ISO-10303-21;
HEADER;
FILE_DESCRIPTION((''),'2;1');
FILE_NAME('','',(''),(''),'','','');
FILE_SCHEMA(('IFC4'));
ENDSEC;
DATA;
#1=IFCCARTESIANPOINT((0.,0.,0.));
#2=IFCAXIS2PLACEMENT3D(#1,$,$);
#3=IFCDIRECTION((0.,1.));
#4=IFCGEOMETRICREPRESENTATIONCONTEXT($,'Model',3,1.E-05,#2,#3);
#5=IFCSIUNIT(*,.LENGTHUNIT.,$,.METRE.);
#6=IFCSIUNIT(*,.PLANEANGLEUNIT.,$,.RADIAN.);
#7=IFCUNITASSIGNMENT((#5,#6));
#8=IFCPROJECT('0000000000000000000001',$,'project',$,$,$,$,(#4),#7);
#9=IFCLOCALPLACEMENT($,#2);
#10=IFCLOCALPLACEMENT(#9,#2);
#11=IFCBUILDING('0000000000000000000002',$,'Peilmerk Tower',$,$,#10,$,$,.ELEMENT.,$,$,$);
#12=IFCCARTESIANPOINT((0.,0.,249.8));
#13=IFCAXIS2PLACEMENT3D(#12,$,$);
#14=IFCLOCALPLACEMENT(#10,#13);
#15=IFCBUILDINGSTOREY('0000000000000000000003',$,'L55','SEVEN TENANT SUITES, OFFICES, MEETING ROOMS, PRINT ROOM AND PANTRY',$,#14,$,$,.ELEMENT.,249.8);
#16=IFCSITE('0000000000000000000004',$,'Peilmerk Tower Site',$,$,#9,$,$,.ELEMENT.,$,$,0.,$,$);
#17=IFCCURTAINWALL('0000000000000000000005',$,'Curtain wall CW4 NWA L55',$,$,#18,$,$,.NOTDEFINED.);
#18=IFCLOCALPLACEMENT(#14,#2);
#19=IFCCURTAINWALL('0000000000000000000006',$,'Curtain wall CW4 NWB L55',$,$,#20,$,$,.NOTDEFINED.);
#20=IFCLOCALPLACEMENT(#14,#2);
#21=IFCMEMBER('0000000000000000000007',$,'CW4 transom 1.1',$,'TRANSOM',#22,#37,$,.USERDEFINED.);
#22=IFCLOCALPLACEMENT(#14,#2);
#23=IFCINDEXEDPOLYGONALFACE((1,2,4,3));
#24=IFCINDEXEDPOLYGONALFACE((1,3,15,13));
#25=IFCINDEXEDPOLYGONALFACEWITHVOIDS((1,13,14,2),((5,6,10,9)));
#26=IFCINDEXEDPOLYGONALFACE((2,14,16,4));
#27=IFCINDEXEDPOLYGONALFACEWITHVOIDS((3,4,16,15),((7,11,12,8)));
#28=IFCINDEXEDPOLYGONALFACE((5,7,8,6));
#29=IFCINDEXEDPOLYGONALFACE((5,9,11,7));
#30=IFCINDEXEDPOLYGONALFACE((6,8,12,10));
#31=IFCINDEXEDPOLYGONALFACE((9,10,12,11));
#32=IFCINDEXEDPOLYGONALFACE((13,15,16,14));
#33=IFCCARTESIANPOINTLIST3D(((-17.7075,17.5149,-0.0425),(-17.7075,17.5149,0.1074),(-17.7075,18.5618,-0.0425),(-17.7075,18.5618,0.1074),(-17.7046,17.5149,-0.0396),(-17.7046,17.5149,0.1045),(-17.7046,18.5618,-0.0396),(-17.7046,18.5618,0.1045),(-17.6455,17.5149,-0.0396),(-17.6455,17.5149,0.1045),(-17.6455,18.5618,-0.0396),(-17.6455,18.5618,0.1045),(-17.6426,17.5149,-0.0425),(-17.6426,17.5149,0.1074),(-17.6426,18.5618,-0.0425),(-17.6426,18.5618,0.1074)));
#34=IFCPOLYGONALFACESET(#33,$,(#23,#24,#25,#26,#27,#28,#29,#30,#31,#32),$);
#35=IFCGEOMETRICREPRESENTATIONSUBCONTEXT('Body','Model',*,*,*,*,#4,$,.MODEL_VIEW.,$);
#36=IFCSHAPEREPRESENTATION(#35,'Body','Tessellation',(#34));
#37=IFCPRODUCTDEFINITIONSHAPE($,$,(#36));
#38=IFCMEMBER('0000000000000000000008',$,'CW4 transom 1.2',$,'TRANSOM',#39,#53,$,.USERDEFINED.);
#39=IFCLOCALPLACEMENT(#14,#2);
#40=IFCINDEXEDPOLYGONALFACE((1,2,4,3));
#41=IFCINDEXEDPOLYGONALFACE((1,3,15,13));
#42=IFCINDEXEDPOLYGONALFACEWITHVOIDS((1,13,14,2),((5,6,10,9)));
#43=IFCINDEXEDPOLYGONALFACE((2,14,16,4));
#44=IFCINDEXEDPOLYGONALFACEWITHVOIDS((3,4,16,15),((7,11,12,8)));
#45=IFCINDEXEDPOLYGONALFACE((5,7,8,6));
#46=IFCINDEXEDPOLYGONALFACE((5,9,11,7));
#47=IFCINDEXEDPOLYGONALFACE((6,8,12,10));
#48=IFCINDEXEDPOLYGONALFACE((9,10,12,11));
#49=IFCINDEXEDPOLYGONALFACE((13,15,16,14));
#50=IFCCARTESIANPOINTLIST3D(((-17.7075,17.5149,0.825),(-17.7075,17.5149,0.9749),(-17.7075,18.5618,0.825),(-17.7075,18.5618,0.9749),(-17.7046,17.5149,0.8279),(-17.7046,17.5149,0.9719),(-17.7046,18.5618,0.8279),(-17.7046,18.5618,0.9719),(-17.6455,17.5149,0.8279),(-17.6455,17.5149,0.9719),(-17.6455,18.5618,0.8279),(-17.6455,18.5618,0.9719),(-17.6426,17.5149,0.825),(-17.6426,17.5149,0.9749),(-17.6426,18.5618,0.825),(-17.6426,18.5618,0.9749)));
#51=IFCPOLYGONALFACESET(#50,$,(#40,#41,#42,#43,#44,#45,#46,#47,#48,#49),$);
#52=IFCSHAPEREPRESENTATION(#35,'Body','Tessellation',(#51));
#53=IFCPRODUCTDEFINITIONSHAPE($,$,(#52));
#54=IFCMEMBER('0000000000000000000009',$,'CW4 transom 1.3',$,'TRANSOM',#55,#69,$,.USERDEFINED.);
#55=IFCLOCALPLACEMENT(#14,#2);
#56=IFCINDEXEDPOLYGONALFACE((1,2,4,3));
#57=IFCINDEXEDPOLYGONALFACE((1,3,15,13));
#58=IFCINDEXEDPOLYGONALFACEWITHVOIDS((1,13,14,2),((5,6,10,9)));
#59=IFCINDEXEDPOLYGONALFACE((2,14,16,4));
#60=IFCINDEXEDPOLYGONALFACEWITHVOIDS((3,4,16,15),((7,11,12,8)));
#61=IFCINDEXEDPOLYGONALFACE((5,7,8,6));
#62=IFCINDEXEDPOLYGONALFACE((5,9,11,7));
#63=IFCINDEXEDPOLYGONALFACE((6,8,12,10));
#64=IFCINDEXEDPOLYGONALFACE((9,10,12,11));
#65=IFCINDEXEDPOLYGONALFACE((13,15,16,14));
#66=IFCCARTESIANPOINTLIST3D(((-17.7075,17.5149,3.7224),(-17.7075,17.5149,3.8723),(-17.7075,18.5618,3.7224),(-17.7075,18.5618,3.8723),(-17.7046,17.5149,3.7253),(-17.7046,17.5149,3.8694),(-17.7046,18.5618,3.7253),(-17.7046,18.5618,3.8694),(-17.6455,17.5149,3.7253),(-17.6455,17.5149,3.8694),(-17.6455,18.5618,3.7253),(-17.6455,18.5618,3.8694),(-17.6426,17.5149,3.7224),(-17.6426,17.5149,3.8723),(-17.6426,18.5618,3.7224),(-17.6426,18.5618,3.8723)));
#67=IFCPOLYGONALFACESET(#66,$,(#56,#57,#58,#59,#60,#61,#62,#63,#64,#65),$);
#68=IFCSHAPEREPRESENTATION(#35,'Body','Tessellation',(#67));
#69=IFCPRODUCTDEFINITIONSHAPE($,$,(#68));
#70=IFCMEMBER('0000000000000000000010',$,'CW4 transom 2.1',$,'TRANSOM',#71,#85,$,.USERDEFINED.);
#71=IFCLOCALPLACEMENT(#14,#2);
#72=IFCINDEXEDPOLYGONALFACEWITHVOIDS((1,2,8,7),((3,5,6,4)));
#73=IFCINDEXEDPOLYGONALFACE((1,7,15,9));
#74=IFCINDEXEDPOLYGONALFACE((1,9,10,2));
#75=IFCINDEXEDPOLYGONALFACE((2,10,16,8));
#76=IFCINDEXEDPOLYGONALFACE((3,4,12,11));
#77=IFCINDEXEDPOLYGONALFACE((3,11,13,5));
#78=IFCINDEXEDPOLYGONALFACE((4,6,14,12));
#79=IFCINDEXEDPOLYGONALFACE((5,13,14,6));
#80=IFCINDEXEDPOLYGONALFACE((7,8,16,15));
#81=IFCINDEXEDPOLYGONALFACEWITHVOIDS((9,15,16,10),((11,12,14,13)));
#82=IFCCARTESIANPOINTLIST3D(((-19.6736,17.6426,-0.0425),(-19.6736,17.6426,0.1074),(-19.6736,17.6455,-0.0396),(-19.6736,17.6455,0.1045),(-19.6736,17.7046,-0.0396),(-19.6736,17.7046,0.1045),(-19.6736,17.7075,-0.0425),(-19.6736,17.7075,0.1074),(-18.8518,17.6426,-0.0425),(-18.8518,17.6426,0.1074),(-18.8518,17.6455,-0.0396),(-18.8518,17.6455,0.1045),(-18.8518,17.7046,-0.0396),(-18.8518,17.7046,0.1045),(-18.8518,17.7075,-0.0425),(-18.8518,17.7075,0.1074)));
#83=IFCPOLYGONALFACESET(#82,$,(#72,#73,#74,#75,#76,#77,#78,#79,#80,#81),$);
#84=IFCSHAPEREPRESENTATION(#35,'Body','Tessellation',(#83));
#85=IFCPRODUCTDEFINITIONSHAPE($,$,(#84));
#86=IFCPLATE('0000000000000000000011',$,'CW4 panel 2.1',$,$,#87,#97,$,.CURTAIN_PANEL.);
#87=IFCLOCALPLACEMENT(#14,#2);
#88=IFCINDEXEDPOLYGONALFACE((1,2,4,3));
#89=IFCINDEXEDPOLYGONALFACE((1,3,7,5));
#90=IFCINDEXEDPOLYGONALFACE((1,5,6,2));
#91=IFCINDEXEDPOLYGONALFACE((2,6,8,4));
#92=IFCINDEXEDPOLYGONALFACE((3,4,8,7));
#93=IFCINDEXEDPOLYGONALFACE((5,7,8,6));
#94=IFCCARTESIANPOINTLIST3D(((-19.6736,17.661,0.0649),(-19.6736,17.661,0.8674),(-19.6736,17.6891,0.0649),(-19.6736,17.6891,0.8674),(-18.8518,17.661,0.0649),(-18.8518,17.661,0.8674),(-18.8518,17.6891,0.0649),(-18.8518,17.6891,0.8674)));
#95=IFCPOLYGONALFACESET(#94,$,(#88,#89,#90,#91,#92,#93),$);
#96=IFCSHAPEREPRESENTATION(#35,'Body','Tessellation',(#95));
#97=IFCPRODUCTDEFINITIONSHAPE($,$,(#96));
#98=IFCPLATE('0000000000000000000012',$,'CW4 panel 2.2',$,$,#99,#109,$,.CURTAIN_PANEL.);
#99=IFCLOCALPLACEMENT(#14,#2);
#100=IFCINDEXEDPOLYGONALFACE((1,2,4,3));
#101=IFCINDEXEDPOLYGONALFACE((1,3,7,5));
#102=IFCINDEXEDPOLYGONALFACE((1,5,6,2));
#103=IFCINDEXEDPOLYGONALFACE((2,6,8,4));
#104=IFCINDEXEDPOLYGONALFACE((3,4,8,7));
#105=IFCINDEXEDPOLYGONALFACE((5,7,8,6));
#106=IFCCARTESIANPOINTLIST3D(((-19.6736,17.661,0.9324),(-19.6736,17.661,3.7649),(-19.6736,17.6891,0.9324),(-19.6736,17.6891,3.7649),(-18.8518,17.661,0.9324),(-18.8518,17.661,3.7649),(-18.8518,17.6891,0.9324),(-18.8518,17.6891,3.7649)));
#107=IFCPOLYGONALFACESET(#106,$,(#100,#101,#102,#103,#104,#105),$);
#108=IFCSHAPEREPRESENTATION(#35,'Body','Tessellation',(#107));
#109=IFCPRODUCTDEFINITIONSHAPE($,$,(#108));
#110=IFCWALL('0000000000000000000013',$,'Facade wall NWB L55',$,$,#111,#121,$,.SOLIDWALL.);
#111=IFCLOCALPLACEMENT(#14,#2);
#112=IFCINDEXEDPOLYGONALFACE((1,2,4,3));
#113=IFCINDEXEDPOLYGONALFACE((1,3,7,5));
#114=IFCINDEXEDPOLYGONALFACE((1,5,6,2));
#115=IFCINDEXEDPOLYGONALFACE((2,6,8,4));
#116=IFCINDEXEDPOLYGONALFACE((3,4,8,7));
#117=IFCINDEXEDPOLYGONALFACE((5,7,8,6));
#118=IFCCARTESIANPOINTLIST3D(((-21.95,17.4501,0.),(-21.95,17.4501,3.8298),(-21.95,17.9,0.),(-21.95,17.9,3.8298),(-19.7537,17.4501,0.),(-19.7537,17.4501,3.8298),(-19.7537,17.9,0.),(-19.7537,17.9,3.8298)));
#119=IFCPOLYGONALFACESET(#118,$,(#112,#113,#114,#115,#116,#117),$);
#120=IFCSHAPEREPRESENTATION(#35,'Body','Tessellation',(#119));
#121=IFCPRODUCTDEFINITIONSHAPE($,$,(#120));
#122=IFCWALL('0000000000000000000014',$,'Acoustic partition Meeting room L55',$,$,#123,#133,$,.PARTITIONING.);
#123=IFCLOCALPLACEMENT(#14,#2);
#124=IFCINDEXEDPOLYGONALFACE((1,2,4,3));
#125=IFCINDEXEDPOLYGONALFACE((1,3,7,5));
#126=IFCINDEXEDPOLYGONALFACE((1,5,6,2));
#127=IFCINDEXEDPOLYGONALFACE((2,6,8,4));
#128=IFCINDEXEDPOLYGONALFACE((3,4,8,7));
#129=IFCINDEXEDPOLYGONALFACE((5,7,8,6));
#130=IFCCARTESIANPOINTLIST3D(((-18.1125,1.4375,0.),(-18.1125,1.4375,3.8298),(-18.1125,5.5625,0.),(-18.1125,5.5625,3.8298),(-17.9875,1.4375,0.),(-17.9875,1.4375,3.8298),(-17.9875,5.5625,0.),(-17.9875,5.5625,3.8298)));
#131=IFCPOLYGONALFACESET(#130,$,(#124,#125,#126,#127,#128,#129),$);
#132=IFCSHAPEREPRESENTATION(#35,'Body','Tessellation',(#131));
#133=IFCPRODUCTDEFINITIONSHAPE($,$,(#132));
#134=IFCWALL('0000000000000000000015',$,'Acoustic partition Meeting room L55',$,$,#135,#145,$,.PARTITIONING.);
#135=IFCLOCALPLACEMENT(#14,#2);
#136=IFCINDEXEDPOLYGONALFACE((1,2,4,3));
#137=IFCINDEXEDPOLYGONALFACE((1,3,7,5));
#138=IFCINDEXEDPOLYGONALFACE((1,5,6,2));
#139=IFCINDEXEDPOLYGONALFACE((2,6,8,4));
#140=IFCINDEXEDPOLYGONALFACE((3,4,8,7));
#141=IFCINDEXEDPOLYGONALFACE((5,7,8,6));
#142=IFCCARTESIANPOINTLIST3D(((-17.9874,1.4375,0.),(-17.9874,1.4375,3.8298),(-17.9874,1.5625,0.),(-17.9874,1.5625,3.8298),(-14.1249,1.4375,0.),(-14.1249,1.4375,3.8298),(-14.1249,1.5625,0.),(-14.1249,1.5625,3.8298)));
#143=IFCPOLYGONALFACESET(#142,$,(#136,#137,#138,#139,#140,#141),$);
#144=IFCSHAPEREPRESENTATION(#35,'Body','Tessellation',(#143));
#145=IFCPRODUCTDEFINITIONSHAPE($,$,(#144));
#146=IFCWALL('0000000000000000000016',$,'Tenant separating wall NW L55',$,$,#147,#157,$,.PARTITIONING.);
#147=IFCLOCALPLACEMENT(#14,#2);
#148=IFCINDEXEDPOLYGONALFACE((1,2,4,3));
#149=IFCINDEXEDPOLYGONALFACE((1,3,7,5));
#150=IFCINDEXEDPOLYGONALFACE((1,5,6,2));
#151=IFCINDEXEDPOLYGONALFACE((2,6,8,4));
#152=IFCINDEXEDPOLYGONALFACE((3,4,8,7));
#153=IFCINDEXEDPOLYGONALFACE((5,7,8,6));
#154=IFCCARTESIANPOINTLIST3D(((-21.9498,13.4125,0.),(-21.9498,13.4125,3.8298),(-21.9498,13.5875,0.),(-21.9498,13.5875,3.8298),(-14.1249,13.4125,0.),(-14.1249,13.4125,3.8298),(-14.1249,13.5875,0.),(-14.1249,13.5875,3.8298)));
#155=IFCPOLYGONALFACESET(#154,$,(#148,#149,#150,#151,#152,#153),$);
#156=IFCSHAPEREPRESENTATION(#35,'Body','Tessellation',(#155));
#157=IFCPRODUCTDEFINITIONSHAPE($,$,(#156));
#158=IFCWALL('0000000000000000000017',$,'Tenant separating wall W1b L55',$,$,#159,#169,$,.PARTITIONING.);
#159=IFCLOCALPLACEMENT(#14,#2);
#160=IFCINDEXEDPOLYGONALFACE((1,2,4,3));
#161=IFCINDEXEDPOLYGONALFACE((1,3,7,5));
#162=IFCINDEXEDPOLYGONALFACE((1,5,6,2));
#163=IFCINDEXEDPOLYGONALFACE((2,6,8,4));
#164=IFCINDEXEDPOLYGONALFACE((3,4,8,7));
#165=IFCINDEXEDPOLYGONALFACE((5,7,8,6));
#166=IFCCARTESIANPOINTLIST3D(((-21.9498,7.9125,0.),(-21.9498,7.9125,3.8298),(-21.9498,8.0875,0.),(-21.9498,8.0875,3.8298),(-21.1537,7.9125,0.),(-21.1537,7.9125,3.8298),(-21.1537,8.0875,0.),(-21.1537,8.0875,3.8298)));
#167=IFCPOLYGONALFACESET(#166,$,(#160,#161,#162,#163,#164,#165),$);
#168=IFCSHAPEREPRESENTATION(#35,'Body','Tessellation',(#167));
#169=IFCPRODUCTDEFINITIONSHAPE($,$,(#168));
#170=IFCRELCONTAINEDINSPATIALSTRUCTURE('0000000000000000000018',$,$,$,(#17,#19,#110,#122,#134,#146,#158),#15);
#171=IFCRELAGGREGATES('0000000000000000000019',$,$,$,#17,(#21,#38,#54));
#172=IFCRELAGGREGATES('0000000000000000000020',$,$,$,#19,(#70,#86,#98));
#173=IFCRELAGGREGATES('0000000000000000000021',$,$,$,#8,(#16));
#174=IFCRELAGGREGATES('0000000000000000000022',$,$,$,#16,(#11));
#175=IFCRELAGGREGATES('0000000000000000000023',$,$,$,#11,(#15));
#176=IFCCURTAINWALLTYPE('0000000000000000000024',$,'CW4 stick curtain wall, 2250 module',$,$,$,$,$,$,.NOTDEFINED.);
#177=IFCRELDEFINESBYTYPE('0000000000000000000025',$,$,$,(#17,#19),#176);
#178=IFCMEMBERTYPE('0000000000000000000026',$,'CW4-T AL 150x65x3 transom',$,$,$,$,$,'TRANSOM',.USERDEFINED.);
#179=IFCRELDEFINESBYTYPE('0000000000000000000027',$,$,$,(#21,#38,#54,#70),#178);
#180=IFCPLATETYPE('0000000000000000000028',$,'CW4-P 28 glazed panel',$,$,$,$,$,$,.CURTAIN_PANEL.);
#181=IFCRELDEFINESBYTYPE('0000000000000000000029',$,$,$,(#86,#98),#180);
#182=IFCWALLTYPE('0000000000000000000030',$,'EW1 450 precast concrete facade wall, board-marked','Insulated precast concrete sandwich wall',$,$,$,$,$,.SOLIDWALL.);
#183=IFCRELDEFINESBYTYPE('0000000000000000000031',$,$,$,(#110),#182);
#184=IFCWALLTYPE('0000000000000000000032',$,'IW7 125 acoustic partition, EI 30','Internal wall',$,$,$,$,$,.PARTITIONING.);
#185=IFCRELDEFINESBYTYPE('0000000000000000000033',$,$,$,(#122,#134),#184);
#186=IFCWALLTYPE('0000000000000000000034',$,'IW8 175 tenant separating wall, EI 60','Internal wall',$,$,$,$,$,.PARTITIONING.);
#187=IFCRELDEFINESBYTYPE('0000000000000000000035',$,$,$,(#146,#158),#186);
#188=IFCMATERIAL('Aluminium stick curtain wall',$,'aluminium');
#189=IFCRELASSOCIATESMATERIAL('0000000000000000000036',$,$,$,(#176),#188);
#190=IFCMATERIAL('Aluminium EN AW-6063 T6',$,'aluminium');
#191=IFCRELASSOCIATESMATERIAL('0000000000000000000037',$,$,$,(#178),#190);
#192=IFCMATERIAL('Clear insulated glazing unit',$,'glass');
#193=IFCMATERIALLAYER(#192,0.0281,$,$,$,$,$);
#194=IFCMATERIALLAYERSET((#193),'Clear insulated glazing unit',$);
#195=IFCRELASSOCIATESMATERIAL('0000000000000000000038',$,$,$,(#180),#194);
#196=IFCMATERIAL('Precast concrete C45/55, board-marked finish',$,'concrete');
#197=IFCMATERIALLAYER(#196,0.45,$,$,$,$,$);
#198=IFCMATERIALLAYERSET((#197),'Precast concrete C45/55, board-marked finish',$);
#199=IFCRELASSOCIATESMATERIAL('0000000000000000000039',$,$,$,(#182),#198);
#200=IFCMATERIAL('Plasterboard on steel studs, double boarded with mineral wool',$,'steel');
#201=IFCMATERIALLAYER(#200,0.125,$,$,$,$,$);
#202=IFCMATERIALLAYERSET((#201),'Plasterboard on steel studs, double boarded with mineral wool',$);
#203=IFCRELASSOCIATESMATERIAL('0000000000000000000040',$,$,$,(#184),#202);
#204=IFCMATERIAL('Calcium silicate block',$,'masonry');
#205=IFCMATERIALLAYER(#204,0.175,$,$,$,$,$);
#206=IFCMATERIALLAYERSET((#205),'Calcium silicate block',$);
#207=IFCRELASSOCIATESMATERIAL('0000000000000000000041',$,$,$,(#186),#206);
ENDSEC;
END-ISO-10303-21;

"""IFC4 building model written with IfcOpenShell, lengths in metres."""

from ifc_helpers import new_model, si_unit, direction, frame, frame_2d, origin, origin_2d, place, context, subcontext, project, spatial, rectangle, hollow_rectangle, extrude, material, layer, layer_set, material_profile, profile_set, type_object, element, aggregate, save


model = new_model("IFC4")

# Units and contexts
model_context = context("Model", 3, precision=1e-05, world=origin(), true_north=direction((0.0, 1.0)))
body_context = subcontext(model_context, "Body", "Model", "MODEL_VIEW")
ifc_project = project(units=[si_unit("LENGTHUNIT", "METRE"), si_unit("PLANEANGLEUNIT", "RADIAN")], contexts=[model_context])

# Site, building, storey
site_placement = place(None, origin())
site = spatial("IfcSite", under=ifc_project, at=site_placement, Name="Peilmerk Tower Site", CompositionType="ELEMENT", RefElevation=0.0)
building_placement = place(site_placement, origin())
building = spatial("IfcBuilding", under=site, at=building_placement, Name="Peilmerk Tower", CompositionType="ELEMENT")
storey_placement = place(building_placement, frame((0.0, 0.0, 249.8)))
storey = spatial("IfcBuildingStorey", under=building, at=storey_placement, Name="L55", Description="SEVEN TENANT SUITES, OFFICES, MEETING ROOMS, PRINT ROOM AND PANTRY", CompositionType="ELEMENT", Elevation=249.8)

# Curtain walls
ifc_material_1 = material(Name="Aluminium stick curtain wall", Category="aluminium")
curtain_wall_type = type_object("IfcCurtainWallType", Name="CW4 stick curtain wall, 2250 module", PredefinedType="NOTDEFINED", material=ifc_material_1)
curtain_wall_1_placement = place(storey_placement, origin())
curtain_wall_1 = element("IfcCurtainWall", 1, at=curtain_wall_1_placement, inside=storey, type_object=curtain_wall_type, Name="Curtain wall CW4 NWA L55", PredefinedType="NOTDEFINED")
ifc_material_2 = material(Name="Aluminium EN AW-6063 T6", Category="aluminium")
curtain_wall_2_placement = place(storey_placement, origin())
curtain_wall_2 = element("IfcCurtainWall", 2, at=curtain_wall_2_placement, inside=storey, type_object=curtain_wall_type, Name="Curtain wall CW4 NWB L55", PredefinedType="NOTDEFINED")

# Members
ifc_material_profile_1 = material_profile(ifc_material_2, hollow_rectangle(XDim=0.0649, YDim=0.1499, WallThickness=0.0029, at=origin_2d()), Name="AL 150x65x3")
ifc_profile_set_1 = profile_set([ifc_material_profile_1], Name="Aluminium EN AW-6063 T6")
member_type_1 = type_object("IfcMemberType", Name="CW4-T AL 150x65x3 transom", ElementType="TRANSOM", PredefinedType="USERDEFINED", material=ifc_profile_set_1)
member_1_placement = place(storey_placement, frame((-17.675, 17.5149, 0.0325), z_axis=(0.0, 1.0, 0.0), x_axis=(-1.0, 0.0, 0.0)))
member_1 = element("IfcMember", 3, at=member_1_placement, type_object=member_type_1, Name="CW4 transom 1.1", ObjectType="TRANSOM", PredefinedType="USERDEFINED", context=body_context, shape_type="SweptSolid", body=[
    extrude(hollow_rectangle(XDim=0.0649, YDim=0.1499, WallThickness=0.0029, at=origin_2d()), origin(), (0.0, 0.0, 1.0), 1.0469),
])
member_2_placement = place(storey_placement, frame((-17.675, 17.5149, 0.8999), z_axis=(0.0, 1.0, 0.0), x_axis=(-1.0, 0.0, 0.0)))
member_2 = element("IfcMember", 4, at=member_2_placement, type_object=member_type_1, Name="CW4 transom 1.2", ObjectType="TRANSOM", PredefinedType="USERDEFINED", context=body_context, shape_type="SweptSolid", body=[
    extrude(hollow_rectangle(XDim=0.0649, YDim=0.1499, WallThickness=0.0029, at=origin_2d()), origin(), (0.0, 0.0, 1.0), 1.0469),
])
member_3_placement = place(storey_placement, frame((-17.675, 17.5149, 3.7974), z_axis=(0.0, 1.0, 0.0), x_axis=(-1.0, 0.0, 0.0)))
member_3 = element("IfcMember", 5, at=member_3_placement, type_object=member_type_1, Name="CW4 transom 1.3", ObjectType="TRANSOM", PredefinedType="USERDEFINED", context=body_context, shape_type="SweptSolid", body=[
    extrude(hollow_rectangle(XDim=0.0649, YDim=0.1499, WallThickness=0.0029, at=origin_2d()), origin(), (0.0, 0.0, 1.0), 1.0469),
])
aggregate(curtain_wall_1, [member_1, member_2, member_3])
member_4_placement = place(storey_placement, frame((-18.8518, 17.675, 0.0325), z_axis=(-1.0, 0.0, 0.0), x_axis=(0.0, -1.0, 0.0)))
member_4 = element("IfcMember", 6, at=member_4_placement, type_object=member_type_1, Name="CW4 transom 2.1", ObjectType="TRANSOM", PredefinedType="USERDEFINED", context=body_context, shape_type="SweptSolid", body=[
    extrude(hollow_rectangle(XDim=0.0649, YDim=0.1499, WallThickness=0.0029, at=origin_2d()), origin(), (0.0, 0.0, 1.0), 0.8218),
])

# Plates
ifc_material_3 = material(Name="Clear insulated glazing unit", Category="glass")
ifc_layer_1 = layer(ifc_material_3, 0.0281)
ifc_layer_set_1 = layer_set([ifc_layer_1], Name="Clear insulated glazing unit")
plate_type = type_object("IfcPlateType", Name="CW4-P 28 glazed panel", PredefinedType="CURTAIN_PANEL", material=ifc_layer_set_1)
plate_1_placement = place(storey_placement, frame((-19.2627, 17.675, 0.0649), z_axis=(0.0, 0.0, 1.0), x_axis=(-1.0, 0.0, 0.0)))
plate_1 = element("IfcPlate", 7, at=plate_1_placement, type_object=plate_type, Name="CW4 panel 2.1", PredefinedType="CURTAIN_PANEL", context=body_context, shape_type="SweptSolid", body=[
    extrude(rectangle(XDim=0.8218, YDim=0.0281, at=origin_2d()), origin(), (0.0, 0.0, 1.0), 0.8025),
])
plate_2_placement = place(storey_placement, frame((-19.2627, 17.675, 0.9324), z_axis=(0.0, 0.0, 1.0), x_axis=(-1.0, 0.0, 0.0)))
plate_2 = element("IfcPlate", 8, at=plate_2_placement, type_object=plate_type, Name="CW4 panel 2.2", PredefinedType="CURTAIN_PANEL", context=body_context, shape_type="SweptSolid", body=[
    extrude(rectangle(XDim=0.8218, YDim=0.0281, at=origin_2d()), origin(), (0.0, 0.0, 1.0), 2.8325),
])
aggregate(curtain_wall_2, [member_4, plate_1, plate_2])

# Walls
ifc_material_4 = material(Name="Precast concrete C45/55, board-marked finish", Category="concrete")
ifc_layer_2 = layer(ifc_material_4, 0.45)
ifc_layer_set_2 = layer_set([ifc_layer_2], Name="Precast concrete C45/55, board-marked finish")
wall_type_1 = type_object("IfcWallType", Name="EW1 450 precast concrete facade wall, board-marked", Description="Insulated precast concrete sandwich wall", PredefinedType="SOLIDWALL", material=ifc_layer_set_2)
wall_1_placement = place(storey_placement, frame((-19.7537, 17.675, 0.0), z_axis=(0.0, 0.0, 1.0), x_axis=(-1.0, 0.0, 0.0)))
element("IfcWall", 9, at=wall_1_placement, inside=storey, type_object=wall_type_1, Name="Facade wall NWB L55", PredefinedType="SOLIDWALL", context=body_context, shape_type="SweptSolid", body=[
    extrude(rectangle(XDim=2.1963, YDim=0.45, at=frame_2d((1.0981, 0.0))), origin(), (0.0, 0.0, 1.0), 3.8298),
])
ifc_material_5 = material(Name="Plasterboard on steel studs, double boarded with mineral wool", Category="steel")
ifc_layer_3 = layer(ifc_material_5, 0.125)
ifc_layer_set_3 = layer_set([ifc_layer_3], Name="Plasterboard on steel studs, double boarded with mineral wool")
wall_type_2 = type_object("IfcWallType", Name="IW7 125 acoustic partition, EI 30", Description="Internal wall", PredefinedType="PARTITIONING", material=ifc_layer_set_3)
wall_2_placement = place(storey_placement, frame((-18.05, 1.4375, 0.0), z_axis=(0.0, 0.0, 1.0), x_axis=(0.0, 1.0, 0.0)))
element("IfcWall", 10, at=wall_2_placement, inside=storey, type_object=wall_type_2, Name="Acoustic partition Meeting room L55", PredefinedType="PARTITIONING", context=body_context, shape_type="SweptSolid", body=[
    extrude(rectangle(XDim=4.125, YDim=0.125, at=frame_2d((2.0625, 0.0))), origin(), (0.0, 0.0, 1.0), 3.8298),
])
wall_3_placement = place(storey_placement, frame((-14.125, 1.5, 0.0), z_axis=(0.0, 0.0, 1.0), x_axis=(-1.0, 0.0, 0.0)))
element("IfcWall", 11, at=wall_3_placement, inside=storey, type_object=wall_type_2, Name="Acoustic partition Meeting room L55", PredefinedType="PARTITIONING", context=body_context, shape_type="SweptSolid", body=[
    extrude(rectangle(XDim=3.8625, YDim=0.125, at=frame_2d((1.9312, 0.0))), origin(), (0.0, 0.0, 1.0), 3.8298),
])
ifc_material_6 = material(Name="Calcium silicate block", Category="masonry")
ifc_layer_4 = layer(ifc_material_6, 0.175)
ifc_layer_set_4 = layer_set([ifc_layer_4], Name="Calcium silicate block")
wall_type_3 = type_object("IfcWallType", Name="IW8 175 tenant separating wall, EI 60", Description="Internal wall", PredefinedType="PARTITIONING", material=ifc_layer_set_4)
wall_4_placement = place(storey_placement, frame((-21.95, 13.5, 0.0), z_axis=(0.0, 0.0, 1.0), x_axis=(1.0, 0.0, 0.0)))
element("IfcWall", 12, at=wall_4_placement, inside=storey, type_object=wall_type_3, Name="Tenant separating wall NW L55", PredefinedType="PARTITIONING", context=body_context, shape_type="SweptSolid", body=[
    extrude(rectangle(XDim=7.825, YDim=0.175, at=frame_2d((3.9126, 0.0))), origin(), (0.0, 0.0, 1.0), 3.8298),
])
wall_5_placement = place(storey_placement, frame((-21.1538, 8.0, 0.0), z_axis=(0.0, 0.0, 1.0), x_axis=(-1.0, 0.0, 0.0)))
element("IfcWall", 13, at=wall_5_placement, inside=storey, type_object=wall_type_3, Name="Tenant separating wall W1b L55", PredefinedType="PARTITIONING", context=body_context, shape_type="SweptSolid", body=[
    extrude(rectangle(XDim=0.7961, YDim=0.175, at=frame_2d((0.3979, 0.0))), origin(), (0.0, 0.0, 1.0), 3.8298),
])

save(model, "model.ifc")
